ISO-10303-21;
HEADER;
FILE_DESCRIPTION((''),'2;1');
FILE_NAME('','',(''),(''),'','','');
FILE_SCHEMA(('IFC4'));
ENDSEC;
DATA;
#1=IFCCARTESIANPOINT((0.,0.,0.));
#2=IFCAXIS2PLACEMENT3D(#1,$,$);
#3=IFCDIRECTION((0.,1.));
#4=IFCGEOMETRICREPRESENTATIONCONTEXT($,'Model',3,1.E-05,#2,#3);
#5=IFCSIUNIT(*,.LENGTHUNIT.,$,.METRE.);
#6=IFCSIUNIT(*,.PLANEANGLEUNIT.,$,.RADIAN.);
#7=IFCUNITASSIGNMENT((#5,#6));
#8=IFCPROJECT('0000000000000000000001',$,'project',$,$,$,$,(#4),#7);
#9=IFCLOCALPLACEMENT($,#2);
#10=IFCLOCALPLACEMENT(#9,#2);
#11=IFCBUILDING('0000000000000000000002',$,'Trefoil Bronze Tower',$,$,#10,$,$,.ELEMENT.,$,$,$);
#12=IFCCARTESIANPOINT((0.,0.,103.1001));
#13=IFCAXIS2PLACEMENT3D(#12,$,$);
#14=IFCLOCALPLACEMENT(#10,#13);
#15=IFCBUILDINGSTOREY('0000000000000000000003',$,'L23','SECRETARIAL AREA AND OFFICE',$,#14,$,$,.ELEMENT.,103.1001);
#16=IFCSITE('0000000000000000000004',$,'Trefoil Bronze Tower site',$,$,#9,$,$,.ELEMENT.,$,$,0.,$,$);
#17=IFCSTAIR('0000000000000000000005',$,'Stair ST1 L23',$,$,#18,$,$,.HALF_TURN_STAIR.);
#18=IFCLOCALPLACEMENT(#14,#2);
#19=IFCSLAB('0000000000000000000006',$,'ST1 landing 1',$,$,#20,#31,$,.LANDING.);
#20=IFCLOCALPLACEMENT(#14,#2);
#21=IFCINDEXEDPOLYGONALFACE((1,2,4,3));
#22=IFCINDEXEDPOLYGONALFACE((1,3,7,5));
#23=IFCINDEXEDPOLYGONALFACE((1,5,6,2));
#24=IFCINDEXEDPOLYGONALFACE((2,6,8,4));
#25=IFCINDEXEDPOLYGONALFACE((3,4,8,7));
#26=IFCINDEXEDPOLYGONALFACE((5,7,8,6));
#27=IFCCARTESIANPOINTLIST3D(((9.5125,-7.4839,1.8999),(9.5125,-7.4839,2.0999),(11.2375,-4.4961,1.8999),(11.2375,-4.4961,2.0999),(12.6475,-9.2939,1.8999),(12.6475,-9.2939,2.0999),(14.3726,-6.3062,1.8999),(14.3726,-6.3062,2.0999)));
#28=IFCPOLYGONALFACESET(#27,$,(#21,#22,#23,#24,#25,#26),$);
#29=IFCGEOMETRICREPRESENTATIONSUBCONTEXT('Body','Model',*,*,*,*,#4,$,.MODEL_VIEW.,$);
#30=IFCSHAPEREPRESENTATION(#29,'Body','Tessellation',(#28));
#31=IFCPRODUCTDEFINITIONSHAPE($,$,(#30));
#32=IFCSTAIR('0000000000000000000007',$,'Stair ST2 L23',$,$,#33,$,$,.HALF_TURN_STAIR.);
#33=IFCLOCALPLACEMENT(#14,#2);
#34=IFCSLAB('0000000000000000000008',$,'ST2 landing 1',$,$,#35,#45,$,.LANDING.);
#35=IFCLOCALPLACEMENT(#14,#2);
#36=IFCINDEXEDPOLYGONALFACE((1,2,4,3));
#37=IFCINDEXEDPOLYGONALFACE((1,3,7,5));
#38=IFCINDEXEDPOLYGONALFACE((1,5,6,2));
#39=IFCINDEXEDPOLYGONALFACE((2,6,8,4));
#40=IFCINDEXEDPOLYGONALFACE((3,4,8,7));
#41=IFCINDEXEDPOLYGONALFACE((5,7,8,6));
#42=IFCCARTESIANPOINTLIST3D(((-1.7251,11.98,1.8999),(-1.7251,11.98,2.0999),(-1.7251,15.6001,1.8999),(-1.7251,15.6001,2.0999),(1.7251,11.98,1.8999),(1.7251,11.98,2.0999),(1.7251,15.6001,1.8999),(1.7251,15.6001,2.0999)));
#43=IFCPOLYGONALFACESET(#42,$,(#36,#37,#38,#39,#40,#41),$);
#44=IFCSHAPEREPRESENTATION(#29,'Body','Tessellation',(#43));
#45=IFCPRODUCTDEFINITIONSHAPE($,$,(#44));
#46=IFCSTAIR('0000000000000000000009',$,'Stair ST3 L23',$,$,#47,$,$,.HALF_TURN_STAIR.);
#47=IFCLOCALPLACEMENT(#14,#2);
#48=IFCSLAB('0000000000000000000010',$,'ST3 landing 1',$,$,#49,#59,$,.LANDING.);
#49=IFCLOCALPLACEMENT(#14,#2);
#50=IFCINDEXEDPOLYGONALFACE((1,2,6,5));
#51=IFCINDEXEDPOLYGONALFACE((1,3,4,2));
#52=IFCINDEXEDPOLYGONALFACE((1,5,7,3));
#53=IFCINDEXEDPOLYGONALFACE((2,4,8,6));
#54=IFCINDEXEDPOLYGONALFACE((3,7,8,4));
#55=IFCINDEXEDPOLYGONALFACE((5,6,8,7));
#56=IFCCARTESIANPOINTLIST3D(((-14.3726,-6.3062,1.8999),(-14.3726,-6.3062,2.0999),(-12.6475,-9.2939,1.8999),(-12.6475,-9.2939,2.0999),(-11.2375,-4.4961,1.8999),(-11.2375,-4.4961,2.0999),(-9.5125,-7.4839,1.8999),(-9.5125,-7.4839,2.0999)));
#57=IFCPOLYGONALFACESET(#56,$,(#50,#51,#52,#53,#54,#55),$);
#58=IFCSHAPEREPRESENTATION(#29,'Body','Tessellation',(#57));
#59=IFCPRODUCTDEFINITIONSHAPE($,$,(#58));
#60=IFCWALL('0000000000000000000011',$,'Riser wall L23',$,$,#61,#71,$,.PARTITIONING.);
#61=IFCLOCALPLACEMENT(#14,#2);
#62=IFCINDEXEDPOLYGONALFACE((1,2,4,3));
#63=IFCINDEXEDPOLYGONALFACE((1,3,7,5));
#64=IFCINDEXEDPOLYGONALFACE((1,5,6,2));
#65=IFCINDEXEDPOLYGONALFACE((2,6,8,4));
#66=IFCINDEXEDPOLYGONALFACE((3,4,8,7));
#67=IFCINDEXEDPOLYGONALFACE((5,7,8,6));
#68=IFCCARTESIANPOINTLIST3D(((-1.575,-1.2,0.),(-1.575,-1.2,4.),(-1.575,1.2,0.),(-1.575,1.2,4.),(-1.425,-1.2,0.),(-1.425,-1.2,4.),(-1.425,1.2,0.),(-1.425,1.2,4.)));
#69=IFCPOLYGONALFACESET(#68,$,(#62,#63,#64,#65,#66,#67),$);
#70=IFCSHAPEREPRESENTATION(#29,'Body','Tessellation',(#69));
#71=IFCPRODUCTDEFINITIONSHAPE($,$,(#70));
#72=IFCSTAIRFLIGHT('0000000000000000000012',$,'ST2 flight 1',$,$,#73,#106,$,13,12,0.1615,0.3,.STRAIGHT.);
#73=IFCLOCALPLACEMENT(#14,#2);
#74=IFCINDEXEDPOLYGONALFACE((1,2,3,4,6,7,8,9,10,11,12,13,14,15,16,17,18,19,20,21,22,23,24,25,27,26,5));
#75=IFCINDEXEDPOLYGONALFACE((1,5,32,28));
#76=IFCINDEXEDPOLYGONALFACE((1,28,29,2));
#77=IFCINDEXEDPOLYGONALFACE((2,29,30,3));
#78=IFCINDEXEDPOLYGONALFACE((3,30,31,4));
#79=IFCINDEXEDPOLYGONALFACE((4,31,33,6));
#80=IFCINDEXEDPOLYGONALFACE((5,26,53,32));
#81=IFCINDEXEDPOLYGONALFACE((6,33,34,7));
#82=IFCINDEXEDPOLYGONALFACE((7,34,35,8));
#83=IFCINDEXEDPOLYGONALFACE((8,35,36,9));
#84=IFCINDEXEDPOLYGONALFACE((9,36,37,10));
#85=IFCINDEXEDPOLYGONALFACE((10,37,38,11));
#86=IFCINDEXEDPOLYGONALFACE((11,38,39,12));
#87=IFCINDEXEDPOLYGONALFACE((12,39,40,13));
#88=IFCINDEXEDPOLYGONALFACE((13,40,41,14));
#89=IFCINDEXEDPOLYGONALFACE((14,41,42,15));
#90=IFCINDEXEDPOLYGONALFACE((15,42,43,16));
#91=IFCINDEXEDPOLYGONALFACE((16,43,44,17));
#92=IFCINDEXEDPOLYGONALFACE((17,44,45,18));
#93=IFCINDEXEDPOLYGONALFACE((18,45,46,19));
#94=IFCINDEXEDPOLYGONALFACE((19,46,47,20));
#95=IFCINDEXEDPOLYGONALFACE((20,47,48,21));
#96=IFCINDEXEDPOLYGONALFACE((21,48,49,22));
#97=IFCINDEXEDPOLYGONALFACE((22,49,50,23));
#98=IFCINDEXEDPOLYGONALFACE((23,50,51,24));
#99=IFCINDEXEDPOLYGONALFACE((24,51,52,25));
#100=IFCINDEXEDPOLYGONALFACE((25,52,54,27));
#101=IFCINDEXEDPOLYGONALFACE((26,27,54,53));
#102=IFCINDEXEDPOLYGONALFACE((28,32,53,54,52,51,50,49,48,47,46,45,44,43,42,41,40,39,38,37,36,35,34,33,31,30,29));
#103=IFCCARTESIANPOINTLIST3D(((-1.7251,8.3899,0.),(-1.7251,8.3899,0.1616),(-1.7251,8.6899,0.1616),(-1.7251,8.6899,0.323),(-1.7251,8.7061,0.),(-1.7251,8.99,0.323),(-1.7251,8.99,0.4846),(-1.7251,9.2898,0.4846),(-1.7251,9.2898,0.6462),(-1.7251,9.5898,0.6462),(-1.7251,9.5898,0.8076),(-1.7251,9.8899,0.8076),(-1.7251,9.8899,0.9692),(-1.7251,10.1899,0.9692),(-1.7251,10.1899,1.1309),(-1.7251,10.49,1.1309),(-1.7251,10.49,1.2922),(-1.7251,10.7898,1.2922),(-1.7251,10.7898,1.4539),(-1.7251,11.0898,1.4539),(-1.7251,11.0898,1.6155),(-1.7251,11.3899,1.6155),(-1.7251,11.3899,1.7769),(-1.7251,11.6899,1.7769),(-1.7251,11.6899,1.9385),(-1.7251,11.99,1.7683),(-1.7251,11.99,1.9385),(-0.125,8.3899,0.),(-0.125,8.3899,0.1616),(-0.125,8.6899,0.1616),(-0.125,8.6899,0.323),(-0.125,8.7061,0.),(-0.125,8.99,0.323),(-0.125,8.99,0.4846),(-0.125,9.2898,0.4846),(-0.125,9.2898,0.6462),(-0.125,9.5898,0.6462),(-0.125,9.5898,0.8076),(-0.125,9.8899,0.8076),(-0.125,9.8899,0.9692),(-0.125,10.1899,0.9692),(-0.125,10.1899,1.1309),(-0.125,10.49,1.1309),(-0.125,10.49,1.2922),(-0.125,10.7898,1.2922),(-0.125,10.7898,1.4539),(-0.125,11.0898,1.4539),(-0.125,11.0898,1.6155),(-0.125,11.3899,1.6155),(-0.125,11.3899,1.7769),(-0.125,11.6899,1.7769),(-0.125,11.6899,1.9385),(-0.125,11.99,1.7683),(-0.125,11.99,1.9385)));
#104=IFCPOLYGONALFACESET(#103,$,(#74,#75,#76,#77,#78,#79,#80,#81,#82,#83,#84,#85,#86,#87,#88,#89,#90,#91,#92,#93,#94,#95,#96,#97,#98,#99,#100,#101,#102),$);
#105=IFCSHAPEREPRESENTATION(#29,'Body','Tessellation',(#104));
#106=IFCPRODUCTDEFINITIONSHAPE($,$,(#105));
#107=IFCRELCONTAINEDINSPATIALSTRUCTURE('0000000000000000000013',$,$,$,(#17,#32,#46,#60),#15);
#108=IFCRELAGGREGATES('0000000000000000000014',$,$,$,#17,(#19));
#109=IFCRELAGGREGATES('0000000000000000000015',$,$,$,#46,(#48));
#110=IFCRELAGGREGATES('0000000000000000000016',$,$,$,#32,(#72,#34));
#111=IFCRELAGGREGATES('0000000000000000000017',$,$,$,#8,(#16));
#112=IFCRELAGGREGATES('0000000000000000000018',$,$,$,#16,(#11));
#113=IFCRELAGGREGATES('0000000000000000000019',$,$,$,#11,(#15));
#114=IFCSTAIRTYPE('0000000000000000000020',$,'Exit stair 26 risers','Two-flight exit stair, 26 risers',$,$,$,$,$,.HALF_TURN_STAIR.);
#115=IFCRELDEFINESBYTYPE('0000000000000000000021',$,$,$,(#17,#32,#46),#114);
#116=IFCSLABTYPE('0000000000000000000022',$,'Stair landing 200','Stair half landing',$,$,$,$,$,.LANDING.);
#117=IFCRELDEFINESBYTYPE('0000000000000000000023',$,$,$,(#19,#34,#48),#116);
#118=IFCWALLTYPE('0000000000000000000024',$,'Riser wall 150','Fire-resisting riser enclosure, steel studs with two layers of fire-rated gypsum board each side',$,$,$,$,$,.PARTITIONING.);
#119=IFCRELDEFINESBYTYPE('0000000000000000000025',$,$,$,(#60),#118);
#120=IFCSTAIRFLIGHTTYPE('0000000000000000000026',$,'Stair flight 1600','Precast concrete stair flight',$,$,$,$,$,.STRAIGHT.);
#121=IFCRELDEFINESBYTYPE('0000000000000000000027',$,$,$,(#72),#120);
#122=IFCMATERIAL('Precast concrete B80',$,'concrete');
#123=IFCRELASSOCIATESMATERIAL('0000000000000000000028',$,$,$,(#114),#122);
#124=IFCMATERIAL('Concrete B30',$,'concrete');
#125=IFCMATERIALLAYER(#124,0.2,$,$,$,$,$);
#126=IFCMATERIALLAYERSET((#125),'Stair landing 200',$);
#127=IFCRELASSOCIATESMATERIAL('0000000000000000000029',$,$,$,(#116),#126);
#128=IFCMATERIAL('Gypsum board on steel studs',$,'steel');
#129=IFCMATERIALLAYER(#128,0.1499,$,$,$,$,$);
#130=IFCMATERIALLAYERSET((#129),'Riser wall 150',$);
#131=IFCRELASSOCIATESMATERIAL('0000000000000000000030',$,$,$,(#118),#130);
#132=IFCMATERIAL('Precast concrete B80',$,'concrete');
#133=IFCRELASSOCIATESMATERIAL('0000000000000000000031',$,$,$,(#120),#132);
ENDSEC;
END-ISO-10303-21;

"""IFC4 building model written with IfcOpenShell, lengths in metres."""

from ifc_helpers import new_model, si_unit, direction, frame, frame_2d, origin, place, context, subcontext, project, spatial, polyline, rectangle, outline, extrude, material, layer, layer_set, type_object, element, aggregate, save


model = new_model("IFC4")

# Units and contexts
model_context = context("Model", 3, precision=1e-05, world=origin(), true_north=direction((0.0, 1.0)))
body_context = subcontext(model_context, "Body", "Model", "MODEL_VIEW")
ifc_project = project(units=[si_unit("LENGTHUNIT", "METRE"), si_unit("PLANEANGLEUNIT", "RADIAN")], contexts=[model_context])

# Site, building, storey
site_placement = place(None, origin())
site = spatial("IfcSite", under=ifc_project, at=site_placement, Name="Trefoil Bronze Tower site", CompositionType="ELEMENT", RefElevation=0.0)
building_placement = place(site_placement, origin())
building = spatial("IfcBuilding", under=site, at=building_placement, Name="Trefoil Bronze Tower", CompositionType="ELEMENT")
storey_placement = place(building_placement, frame((0.0, 0.0, 103.1001)))
storey = spatial("IfcBuildingStorey", under=building, at=storey_placement, Name="L23", Description="SECRETARIAL AREA AND OFFICE", CompositionType="ELEMENT", Elevation=103.1001)

# Stairs, slabs
ifc_material_1 = material(Name="Precast concrete B80", Category="concrete")
stair_type = type_object("IfcStairType", Name="Exit stair 26 risers", Description="Two-flight exit stair, 26 risers", PredefinedType="HALF_TURN_STAIR", material=ifc_material_1)
stair_1_placement = place(storey_placement, origin())
stair_1 = element("IfcStair", 1, at=stair_1_placement, inside=storey, type_object=stair_type, Name="Stair ST1 L23", PredefinedType="HALF_TURN_STAIR")
ifc_material_2 = material(Name="Concrete B30", Category="concrete")
ifc_layer_1 = layer(ifc_material_2, 0.2)
ifc_layer_set_1 = layer_set([ifc_layer_1], Name="Stair landing 200")
slab_type = type_object("IfcSlabType", Name="Stair landing 200", Description="Stair half landing", PredefinedType="LANDING", material=ifc_layer_set_1)
slab_1_placement = place(storey_placement, frame((0.0, 0.0, 1.8999)))
slab_1 = element("IfcSlab", 2, at=slab_1_placement, type_object=slab_type, Name="ST1 landing 1", PredefinedType="LANDING", context=body_context, shape_type="SweptSolid", body=[
    extrude(outline(polyline([(9.5125, -7.4839), (12.6475, -9.2939), (14.3726, -6.3062), (11.2375, -4.4961), (9.5125, -7.4839)])), origin(), (0.0, 0.0, 1.0), 0.2),
])
aggregate(stair_1, [slab_1])
stair_2_placement = place(storey_placement, origin())
stair_2 = element("IfcStair", 3, at=stair_2_placement, inside=storey, type_object=stair_type, Name="Stair ST2 L23", PredefinedType="HALF_TURN_STAIR")
slab_2_placement = place(storey_placement, frame((0.0, 0.0, 1.8999)))
slab_2 = element("IfcSlab", 4, at=slab_2_placement, type_object=slab_type, Name="ST2 landing 1", PredefinedType="LANDING", context=body_context, shape_type="SweptSolid", body=[
    extrude(outline(polyline([(1.7251, 11.98), (1.7251, 15.6001), (-1.7251, 15.6001), (-1.7251, 11.98), (1.7251, 11.98)])), origin(), (0.0, 0.0, 1.0), 0.2),
])
stair_3_placement = place(storey_placement, origin())
stair_3 = element("IfcStair", 5, at=stair_3_placement, inside=storey, type_object=stair_type, Name="Stair ST3 L23", PredefinedType="HALF_TURN_STAIR")
slab_3_placement = place(storey_placement, frame((0.0, 0.0, 1.8999)))
slab_3 = element("IfcSlab", 6, at=slab_3_placement, type_object=slab_type, Name="ST3 landing 1", PredefinedType="LANDING", context=body_context, shape_type="SweptSolid", body=[
    extrude(outline(polyline([(-11.2375, -4.4961), (-14.3726, -6.3062), (-12.6475, -9.2939), (-9.5125, -7.4839), (-11.2375, -4.4961)])), origin(), (0.0, 0.0, 1.0), 0.2),
])
aggregate(stair_3, [slab_3])

# Wall
ifc_material_3 = material(Name="Gypsum board on steel studs", Category="steel")
ifc_layer_2 = layer(ifc_material_3, 0.1499)
ifc_layer_set_2 = layer_set([ifc_layer_2], Name="Riser wall 150")
wall_type = type_object("IfcWallType", Name="Riser wall 150", Description="Fire-resisting riser enclosure, steel studs with two layers of fire-rated gypsum board each side", PredefinedType="PARTITIONING", material=ifc_layer_set_2)
wall_placement = place(storey_placement, frame((-1.5, 1.2, 0.0), z_axis=(0.0, 0.0, 1.0), x_axis=(0.0, -1.0, 0.0)))
element("IfcWall", 7, at=wall_placement, inside=storey, type_object=wall_type, Name="Riser wall L23", PredefinedType="PARTITIONING", context=body_context, shape_type="SweptSolid", body=[
    extrude(rectangle(XDim=2.3999, YDim=0.1499, at=frame_2d((1.2, 0.0))), origin(), (0.0, 0.0, 1.0), 4.0),
])

# Stair flight
ifc_material_4 = material(Name="Precast concrete B80", Category="concrete")
stair_flight_type = type_object("IfcStairFlightType", Name="Stair flight 1600", Description="Precast concrete stair flight", PredefinedType="STRAIGHT", material=ifc_material_4)
stair_flight_placement = place(storey_placement, frame((-0.925, 8.3899, 0.0), z_axis=(0.0, 0.0, 1.0), x_axis=(0.0, 1.0, 0.0)))
stair_flight = element("IfcStairFlight", 8, at=stair_flight_placement, type_object=stair_flight_type, Name="ST2 flight 1", NumberOfRisers=13, NumberOfTreads=12, PredefinedType="STRAIGHT", RiserHeight=0.1615, TreadLength=0.3, context=body_context, shape_type="SweptSolid", body=[
    extrude(outline(polyline([(0.0, 0.0), (0.0, 0.1616), (0.3, 0.1616), (0.3, 0.323), (0.6001, 0.323), (0.6001, 0.4846), (0.8999, 0.4846), (0.8999, 0.6462), (1.2, 0.6462), (1.2, 0.8076), (1.5, 0.8076), (1.5, 0.9692), (1.8, 0.9692), (1.8, 1.1309), (2.1001, 1.1309), (2.1001, 1.2922), (2.3999, 1.2922), (2.3999, 1.4539), (2.7, 1.4539), (2.7, 1.6155), (3.0, 1.6155), (3.0, 1.7769), (3.3, 1.7769), (3.3, 1.9385), (3.6001, 1.9385), (3.6001, 2.1001), (3.6001, 1.7683), (0.3162, 0.0), (0.0, 0.0)])), frame((0.0, 0.8, 0.0), z_axis=(0.0, -1.0, 0.0), x_axis=(1.0, 0.0, 0.0)), (0.0, 0.0, 1.0), 1.6001),
])
aggregate(stair_2, [stair_flight, slab_2])

save(model, "model.ifc")
